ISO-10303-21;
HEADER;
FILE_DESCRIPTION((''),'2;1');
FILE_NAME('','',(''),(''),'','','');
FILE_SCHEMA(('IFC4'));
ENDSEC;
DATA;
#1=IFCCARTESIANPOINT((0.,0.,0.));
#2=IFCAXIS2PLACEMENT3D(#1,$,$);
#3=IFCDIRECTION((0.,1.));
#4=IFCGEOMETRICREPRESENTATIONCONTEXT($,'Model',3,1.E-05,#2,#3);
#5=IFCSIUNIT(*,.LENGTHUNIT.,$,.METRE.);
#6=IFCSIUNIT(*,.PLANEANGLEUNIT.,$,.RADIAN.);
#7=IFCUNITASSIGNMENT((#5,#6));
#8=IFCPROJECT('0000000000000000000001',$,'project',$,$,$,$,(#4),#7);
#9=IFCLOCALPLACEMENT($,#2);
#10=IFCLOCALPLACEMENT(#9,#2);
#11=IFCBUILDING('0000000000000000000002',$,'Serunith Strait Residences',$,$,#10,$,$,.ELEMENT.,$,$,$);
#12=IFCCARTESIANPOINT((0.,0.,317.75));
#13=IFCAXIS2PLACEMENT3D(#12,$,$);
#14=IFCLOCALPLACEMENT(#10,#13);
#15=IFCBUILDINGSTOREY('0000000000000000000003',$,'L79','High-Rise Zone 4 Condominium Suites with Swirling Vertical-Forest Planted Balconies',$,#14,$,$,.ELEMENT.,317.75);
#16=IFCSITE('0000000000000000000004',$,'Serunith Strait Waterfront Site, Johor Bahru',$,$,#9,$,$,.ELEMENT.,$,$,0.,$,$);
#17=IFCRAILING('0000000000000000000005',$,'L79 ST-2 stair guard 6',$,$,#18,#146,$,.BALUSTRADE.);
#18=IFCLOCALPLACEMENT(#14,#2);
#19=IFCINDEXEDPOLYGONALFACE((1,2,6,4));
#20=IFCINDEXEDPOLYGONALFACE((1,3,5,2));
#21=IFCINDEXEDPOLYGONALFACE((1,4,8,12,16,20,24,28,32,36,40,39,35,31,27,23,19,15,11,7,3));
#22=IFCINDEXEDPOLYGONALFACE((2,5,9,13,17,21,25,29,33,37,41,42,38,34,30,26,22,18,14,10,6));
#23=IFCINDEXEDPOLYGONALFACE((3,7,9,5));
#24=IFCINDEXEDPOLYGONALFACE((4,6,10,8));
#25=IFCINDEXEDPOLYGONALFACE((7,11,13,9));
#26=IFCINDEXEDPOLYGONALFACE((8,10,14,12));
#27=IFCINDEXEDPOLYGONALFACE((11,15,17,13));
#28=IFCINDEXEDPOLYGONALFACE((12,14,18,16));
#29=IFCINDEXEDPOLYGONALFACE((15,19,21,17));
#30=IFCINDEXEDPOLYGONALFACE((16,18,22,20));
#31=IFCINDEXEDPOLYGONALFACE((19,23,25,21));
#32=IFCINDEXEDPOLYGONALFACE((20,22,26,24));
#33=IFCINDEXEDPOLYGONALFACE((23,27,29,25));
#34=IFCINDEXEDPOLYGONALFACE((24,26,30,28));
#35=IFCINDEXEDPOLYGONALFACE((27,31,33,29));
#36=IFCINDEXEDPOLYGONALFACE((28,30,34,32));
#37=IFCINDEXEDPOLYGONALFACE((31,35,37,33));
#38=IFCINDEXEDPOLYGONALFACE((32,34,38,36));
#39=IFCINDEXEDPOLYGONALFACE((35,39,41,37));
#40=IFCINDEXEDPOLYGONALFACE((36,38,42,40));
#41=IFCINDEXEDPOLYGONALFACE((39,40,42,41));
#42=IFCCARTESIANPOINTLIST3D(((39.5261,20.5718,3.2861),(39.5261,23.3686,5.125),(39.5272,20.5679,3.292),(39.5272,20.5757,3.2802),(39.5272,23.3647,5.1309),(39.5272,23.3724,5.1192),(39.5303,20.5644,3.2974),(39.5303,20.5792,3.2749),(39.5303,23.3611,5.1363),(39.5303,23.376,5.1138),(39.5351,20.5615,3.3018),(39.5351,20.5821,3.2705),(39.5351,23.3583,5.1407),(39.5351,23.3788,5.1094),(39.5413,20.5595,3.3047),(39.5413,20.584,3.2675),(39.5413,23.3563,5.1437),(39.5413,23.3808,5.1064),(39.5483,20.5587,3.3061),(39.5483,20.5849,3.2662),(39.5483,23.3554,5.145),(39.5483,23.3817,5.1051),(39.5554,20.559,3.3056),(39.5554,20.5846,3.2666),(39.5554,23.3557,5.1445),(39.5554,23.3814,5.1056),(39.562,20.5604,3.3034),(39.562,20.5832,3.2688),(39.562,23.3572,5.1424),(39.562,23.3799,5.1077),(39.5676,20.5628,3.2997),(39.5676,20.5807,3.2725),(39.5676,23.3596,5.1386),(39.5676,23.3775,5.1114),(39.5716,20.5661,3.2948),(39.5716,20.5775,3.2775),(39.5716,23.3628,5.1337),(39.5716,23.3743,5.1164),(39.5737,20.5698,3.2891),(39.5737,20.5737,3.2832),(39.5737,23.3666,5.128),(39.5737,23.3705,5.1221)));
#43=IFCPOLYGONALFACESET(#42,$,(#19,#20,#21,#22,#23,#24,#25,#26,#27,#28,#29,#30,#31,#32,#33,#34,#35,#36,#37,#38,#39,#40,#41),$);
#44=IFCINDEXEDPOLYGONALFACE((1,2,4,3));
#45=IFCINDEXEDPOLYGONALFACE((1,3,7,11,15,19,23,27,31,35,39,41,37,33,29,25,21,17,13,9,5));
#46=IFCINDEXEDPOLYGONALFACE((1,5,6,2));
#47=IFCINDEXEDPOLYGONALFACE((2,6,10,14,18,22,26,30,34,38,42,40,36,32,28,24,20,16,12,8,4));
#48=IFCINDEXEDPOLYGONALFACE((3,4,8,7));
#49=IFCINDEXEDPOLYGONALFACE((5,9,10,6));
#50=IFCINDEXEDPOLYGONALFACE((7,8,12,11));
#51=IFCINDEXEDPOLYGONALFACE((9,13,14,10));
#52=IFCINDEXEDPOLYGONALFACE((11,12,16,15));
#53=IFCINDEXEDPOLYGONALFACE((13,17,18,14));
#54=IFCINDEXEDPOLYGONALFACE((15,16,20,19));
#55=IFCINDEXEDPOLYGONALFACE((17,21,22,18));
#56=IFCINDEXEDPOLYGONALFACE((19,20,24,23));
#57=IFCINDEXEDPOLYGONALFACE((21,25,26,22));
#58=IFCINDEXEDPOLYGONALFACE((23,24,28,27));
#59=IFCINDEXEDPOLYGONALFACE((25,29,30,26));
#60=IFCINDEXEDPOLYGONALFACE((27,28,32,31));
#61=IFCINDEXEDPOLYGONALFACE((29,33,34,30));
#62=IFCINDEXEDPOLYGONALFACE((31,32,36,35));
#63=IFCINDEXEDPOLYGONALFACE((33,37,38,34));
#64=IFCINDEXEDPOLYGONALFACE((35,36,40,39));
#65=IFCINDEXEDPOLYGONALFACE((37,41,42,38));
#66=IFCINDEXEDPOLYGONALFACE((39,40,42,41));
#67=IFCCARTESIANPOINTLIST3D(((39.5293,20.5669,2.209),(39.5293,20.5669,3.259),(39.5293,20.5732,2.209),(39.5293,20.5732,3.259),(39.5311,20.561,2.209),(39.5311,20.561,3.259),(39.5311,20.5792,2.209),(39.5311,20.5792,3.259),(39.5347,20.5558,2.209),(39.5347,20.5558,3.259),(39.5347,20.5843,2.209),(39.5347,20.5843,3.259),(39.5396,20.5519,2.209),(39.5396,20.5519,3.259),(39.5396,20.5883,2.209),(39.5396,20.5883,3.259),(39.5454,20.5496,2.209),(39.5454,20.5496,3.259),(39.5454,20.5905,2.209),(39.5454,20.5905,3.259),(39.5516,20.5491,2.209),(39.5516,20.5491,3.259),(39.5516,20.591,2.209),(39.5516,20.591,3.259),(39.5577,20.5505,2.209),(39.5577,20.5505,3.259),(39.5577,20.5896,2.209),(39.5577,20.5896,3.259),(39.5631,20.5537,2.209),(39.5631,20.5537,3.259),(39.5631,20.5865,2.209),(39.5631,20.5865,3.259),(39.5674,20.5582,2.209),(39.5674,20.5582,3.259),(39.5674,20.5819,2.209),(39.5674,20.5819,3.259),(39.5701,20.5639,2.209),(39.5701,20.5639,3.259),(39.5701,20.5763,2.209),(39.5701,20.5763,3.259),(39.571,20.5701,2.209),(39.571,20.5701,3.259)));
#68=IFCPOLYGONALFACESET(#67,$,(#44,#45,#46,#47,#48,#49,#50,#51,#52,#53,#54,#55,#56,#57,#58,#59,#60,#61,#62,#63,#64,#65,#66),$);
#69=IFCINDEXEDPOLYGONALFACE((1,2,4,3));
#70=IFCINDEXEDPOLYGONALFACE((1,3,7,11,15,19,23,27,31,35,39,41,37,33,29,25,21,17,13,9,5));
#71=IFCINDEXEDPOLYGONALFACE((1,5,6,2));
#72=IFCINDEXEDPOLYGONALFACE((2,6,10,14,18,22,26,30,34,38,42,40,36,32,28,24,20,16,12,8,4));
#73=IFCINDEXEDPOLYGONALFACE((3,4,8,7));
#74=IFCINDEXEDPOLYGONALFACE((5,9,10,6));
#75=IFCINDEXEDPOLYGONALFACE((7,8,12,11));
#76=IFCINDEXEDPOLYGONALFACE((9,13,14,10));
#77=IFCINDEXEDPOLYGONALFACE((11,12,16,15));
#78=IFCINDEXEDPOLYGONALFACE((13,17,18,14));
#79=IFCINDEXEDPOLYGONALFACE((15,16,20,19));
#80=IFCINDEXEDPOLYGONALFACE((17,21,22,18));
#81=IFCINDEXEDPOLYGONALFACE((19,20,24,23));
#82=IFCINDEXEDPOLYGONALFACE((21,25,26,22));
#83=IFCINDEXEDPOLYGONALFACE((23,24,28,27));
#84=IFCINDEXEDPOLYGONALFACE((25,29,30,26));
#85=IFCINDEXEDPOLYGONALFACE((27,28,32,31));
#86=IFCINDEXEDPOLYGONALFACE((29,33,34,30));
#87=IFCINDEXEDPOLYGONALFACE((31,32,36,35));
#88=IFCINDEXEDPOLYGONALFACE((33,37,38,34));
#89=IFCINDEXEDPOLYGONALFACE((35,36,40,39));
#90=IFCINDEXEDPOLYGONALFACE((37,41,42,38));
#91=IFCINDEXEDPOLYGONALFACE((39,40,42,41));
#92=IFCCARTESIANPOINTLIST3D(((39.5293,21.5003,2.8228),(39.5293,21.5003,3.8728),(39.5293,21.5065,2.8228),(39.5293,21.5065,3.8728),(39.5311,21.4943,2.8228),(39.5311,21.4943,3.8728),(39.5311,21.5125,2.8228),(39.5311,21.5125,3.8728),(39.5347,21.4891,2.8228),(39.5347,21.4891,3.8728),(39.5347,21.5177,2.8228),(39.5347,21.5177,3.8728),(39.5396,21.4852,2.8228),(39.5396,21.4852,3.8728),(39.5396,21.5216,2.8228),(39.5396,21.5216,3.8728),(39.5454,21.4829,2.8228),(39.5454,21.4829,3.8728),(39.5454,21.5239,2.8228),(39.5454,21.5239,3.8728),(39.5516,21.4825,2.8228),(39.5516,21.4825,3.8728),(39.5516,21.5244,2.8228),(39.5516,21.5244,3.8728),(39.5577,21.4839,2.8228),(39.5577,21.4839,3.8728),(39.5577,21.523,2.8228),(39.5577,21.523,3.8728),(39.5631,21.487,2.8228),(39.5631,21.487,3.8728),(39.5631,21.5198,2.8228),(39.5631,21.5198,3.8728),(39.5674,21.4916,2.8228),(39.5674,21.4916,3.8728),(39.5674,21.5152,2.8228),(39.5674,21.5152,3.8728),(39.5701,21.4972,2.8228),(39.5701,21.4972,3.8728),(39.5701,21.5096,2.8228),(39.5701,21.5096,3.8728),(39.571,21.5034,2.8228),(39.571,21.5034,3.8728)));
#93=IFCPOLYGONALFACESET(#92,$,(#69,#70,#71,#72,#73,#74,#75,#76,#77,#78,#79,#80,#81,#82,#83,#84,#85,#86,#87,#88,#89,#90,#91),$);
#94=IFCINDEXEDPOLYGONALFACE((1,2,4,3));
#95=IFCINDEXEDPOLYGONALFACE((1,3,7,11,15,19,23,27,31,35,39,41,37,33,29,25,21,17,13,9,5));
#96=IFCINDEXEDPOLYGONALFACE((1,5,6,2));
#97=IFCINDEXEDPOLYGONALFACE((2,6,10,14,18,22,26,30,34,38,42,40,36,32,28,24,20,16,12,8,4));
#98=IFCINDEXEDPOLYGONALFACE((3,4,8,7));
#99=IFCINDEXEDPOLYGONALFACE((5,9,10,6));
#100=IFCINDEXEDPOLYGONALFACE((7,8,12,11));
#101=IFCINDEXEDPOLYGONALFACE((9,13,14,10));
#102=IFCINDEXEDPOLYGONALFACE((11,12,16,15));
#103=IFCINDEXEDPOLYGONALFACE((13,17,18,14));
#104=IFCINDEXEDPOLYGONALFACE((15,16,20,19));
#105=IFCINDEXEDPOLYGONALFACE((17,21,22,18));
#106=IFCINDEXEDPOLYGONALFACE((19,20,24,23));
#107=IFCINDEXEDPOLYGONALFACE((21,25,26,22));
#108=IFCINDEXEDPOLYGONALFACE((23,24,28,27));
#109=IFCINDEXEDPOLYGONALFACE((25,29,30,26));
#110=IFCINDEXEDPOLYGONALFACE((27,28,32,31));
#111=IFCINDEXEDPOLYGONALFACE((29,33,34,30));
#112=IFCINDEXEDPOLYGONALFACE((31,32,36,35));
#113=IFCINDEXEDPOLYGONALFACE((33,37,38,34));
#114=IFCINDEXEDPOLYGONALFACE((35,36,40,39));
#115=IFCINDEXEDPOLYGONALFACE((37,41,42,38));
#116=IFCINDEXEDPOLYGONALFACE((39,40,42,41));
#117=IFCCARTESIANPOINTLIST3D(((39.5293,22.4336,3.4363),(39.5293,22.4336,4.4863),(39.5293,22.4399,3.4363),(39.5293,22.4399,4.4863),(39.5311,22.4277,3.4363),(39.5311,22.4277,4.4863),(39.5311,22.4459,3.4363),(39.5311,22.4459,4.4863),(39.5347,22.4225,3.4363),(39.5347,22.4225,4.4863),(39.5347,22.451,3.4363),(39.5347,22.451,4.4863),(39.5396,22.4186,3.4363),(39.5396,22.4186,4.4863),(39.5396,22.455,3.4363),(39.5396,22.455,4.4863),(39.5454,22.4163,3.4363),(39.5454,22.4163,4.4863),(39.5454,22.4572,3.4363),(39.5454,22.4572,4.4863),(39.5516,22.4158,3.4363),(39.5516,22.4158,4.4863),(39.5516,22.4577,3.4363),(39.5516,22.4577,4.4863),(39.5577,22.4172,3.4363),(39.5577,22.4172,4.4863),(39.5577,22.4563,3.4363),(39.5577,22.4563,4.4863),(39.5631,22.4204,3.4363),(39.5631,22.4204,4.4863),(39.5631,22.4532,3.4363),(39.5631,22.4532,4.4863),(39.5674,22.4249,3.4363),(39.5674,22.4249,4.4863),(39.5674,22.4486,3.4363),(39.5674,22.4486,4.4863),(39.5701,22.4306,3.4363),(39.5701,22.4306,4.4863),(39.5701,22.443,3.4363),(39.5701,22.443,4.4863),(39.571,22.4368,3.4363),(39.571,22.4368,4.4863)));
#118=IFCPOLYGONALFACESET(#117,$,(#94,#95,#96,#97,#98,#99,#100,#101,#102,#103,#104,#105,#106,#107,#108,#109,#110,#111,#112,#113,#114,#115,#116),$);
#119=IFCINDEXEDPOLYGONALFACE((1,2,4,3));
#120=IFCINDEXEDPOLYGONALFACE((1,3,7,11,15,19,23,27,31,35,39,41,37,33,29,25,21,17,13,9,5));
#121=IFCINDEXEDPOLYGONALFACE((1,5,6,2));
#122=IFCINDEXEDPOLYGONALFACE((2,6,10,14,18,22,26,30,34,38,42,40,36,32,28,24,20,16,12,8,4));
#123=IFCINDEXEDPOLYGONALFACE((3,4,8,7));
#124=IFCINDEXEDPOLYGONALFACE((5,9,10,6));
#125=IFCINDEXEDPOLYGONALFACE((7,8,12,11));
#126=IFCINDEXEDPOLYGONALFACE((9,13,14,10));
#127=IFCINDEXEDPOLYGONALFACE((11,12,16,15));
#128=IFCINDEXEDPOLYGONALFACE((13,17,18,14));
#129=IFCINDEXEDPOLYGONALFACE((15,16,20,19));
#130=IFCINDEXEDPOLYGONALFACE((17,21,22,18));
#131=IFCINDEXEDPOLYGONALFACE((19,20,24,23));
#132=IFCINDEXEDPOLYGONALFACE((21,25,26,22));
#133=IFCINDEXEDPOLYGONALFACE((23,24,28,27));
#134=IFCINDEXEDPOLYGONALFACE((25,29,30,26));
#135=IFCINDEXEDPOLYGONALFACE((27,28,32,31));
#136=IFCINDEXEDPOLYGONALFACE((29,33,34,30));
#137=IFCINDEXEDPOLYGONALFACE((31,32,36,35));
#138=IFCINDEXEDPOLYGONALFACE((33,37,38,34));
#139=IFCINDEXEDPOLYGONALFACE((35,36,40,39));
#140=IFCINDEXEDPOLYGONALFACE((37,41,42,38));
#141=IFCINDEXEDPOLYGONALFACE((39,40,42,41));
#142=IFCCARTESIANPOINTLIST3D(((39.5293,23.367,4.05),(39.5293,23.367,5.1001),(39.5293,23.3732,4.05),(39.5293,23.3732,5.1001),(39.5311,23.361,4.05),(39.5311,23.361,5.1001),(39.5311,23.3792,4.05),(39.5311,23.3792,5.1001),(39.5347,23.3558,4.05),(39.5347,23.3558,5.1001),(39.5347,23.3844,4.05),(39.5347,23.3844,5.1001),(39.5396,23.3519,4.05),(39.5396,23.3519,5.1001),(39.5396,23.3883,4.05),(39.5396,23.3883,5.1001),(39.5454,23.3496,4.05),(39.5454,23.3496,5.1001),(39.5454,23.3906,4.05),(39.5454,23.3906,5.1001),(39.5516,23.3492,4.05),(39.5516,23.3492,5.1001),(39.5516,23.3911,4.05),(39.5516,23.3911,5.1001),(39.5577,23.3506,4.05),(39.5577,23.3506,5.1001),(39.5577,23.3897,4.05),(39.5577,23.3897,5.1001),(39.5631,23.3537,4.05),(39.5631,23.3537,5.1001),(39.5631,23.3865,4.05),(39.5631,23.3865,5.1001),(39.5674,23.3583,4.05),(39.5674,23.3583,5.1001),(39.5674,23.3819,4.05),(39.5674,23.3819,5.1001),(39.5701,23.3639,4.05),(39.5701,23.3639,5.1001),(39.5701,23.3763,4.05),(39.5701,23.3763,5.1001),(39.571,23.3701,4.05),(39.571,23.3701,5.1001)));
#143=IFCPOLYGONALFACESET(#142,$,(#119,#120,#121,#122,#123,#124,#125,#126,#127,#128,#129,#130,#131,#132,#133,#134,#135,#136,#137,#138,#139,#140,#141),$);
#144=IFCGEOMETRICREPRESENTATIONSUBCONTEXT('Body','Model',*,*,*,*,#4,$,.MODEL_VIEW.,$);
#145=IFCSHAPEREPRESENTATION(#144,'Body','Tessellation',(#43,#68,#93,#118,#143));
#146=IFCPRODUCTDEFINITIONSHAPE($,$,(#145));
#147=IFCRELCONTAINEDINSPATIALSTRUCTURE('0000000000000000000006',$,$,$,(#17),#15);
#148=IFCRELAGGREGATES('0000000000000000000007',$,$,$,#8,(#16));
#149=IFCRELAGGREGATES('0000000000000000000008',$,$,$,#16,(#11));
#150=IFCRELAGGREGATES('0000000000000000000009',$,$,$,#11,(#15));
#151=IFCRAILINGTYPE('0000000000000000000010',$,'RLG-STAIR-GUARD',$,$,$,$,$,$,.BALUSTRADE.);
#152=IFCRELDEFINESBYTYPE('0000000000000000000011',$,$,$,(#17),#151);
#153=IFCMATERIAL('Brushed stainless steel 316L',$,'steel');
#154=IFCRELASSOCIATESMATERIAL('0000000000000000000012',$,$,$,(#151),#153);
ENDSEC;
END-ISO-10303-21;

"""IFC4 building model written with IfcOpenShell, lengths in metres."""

from ifc_helpers import new_model, si_unit, direction, frame, origin, origin_2d, place, context, subcontext, project, spatial, circle, extrude, material, type_object, element, save


model = new_model("IFC4")

# Units and contexts
model_context = context("Model", 3, precision=1e-05, world=origin(), true_north=direction((0.0, 1.0)))
body_context = subcontext(model_context, "Body", "Model", "MODEL_VIEW")
ifc_project = project(units=[si_unit("LENGTHUNIT", "METRE"), si_unit("PLANEANGLEUNIT", "RADIAN")], contexts=[model_context])

# Site, building, storey
site_placement = place(None, origin())
site = spatial("IfcSite", under=ifc_project, at=site_placement, Name="Serunith Strait Waterfront Site, Johor Bahru", CompositionType="ELEMENT", RefElevation=0.0)
building_placement = place(site_placement, origin())
building = spatial("IfcBuilding", under=site, at=building_placement, Name="Serunith Strait Residences", CompositionType="ELEMENT")
storey_placement = place(building_placement, frame((0.0, 0.0, 317.75)))
storey = spatial("IfcBuildingStorey", under=building, at=storey_placement, Name="L79", Description="High-Rise Zone 4 Condominium Suites with Swirling Vertical-Forest Planted Balconies", CompositionType="ELEMENT", Elevation=317.75)

# Railing
ifc_material_1 = material(Name="Brushed stainless steel 316L", Category="steel")
railing_type_1 = type_object("IfcRailingType", Name="RLG-STAIR-GUARD", PredefinedType="BALUSTRADE", material=ifc_material_1)
railing_1_placement = place(storey_placement, frame((39.55, 20.5701, 2.209)))
element("IfcRailing", 1, at=railing_1_placement, inside=storey, type_object=railing_type_1, Name="L79 ST-2 stair guard 6", PredefinedType="BALUSTRADE", context=body_context, shape_type="SweptSolid", body=[
    extrude(circle(Radius=0.0239, at=origin_2d()), frame((0.0, 0.0017, 1.0771), z_axis=(0.0, 0.835564, 0.549393), x_axis=(-1.0, 0.0, 0.0)), (0.0, 0.0, 1.0), 3.3472),
    extrude(circle(Radius=0.021, at=origin_2d()), origin(), (0.0, 0.0, 1.0), 1.05),
    extrude(circle(Radius=0.021, at=origin_2d()), frame((0.0, 0.9333, 0.6138)), (0.0, 0.0, 1.0), 1.05),
    extrude(circle(Radius=0.021, at=origin_2d()), frame((0.0, 1.8667, 1.2273)), (0.0, 0.0, 1.0), 1.05),
    extrude(circle(Radius=0.021, at=origin_2d()), frame((0.0, 2.8, 1.8411)), (0.0, 0.0, 1.0), 1.05),
])

save(model, "model.ifc")
